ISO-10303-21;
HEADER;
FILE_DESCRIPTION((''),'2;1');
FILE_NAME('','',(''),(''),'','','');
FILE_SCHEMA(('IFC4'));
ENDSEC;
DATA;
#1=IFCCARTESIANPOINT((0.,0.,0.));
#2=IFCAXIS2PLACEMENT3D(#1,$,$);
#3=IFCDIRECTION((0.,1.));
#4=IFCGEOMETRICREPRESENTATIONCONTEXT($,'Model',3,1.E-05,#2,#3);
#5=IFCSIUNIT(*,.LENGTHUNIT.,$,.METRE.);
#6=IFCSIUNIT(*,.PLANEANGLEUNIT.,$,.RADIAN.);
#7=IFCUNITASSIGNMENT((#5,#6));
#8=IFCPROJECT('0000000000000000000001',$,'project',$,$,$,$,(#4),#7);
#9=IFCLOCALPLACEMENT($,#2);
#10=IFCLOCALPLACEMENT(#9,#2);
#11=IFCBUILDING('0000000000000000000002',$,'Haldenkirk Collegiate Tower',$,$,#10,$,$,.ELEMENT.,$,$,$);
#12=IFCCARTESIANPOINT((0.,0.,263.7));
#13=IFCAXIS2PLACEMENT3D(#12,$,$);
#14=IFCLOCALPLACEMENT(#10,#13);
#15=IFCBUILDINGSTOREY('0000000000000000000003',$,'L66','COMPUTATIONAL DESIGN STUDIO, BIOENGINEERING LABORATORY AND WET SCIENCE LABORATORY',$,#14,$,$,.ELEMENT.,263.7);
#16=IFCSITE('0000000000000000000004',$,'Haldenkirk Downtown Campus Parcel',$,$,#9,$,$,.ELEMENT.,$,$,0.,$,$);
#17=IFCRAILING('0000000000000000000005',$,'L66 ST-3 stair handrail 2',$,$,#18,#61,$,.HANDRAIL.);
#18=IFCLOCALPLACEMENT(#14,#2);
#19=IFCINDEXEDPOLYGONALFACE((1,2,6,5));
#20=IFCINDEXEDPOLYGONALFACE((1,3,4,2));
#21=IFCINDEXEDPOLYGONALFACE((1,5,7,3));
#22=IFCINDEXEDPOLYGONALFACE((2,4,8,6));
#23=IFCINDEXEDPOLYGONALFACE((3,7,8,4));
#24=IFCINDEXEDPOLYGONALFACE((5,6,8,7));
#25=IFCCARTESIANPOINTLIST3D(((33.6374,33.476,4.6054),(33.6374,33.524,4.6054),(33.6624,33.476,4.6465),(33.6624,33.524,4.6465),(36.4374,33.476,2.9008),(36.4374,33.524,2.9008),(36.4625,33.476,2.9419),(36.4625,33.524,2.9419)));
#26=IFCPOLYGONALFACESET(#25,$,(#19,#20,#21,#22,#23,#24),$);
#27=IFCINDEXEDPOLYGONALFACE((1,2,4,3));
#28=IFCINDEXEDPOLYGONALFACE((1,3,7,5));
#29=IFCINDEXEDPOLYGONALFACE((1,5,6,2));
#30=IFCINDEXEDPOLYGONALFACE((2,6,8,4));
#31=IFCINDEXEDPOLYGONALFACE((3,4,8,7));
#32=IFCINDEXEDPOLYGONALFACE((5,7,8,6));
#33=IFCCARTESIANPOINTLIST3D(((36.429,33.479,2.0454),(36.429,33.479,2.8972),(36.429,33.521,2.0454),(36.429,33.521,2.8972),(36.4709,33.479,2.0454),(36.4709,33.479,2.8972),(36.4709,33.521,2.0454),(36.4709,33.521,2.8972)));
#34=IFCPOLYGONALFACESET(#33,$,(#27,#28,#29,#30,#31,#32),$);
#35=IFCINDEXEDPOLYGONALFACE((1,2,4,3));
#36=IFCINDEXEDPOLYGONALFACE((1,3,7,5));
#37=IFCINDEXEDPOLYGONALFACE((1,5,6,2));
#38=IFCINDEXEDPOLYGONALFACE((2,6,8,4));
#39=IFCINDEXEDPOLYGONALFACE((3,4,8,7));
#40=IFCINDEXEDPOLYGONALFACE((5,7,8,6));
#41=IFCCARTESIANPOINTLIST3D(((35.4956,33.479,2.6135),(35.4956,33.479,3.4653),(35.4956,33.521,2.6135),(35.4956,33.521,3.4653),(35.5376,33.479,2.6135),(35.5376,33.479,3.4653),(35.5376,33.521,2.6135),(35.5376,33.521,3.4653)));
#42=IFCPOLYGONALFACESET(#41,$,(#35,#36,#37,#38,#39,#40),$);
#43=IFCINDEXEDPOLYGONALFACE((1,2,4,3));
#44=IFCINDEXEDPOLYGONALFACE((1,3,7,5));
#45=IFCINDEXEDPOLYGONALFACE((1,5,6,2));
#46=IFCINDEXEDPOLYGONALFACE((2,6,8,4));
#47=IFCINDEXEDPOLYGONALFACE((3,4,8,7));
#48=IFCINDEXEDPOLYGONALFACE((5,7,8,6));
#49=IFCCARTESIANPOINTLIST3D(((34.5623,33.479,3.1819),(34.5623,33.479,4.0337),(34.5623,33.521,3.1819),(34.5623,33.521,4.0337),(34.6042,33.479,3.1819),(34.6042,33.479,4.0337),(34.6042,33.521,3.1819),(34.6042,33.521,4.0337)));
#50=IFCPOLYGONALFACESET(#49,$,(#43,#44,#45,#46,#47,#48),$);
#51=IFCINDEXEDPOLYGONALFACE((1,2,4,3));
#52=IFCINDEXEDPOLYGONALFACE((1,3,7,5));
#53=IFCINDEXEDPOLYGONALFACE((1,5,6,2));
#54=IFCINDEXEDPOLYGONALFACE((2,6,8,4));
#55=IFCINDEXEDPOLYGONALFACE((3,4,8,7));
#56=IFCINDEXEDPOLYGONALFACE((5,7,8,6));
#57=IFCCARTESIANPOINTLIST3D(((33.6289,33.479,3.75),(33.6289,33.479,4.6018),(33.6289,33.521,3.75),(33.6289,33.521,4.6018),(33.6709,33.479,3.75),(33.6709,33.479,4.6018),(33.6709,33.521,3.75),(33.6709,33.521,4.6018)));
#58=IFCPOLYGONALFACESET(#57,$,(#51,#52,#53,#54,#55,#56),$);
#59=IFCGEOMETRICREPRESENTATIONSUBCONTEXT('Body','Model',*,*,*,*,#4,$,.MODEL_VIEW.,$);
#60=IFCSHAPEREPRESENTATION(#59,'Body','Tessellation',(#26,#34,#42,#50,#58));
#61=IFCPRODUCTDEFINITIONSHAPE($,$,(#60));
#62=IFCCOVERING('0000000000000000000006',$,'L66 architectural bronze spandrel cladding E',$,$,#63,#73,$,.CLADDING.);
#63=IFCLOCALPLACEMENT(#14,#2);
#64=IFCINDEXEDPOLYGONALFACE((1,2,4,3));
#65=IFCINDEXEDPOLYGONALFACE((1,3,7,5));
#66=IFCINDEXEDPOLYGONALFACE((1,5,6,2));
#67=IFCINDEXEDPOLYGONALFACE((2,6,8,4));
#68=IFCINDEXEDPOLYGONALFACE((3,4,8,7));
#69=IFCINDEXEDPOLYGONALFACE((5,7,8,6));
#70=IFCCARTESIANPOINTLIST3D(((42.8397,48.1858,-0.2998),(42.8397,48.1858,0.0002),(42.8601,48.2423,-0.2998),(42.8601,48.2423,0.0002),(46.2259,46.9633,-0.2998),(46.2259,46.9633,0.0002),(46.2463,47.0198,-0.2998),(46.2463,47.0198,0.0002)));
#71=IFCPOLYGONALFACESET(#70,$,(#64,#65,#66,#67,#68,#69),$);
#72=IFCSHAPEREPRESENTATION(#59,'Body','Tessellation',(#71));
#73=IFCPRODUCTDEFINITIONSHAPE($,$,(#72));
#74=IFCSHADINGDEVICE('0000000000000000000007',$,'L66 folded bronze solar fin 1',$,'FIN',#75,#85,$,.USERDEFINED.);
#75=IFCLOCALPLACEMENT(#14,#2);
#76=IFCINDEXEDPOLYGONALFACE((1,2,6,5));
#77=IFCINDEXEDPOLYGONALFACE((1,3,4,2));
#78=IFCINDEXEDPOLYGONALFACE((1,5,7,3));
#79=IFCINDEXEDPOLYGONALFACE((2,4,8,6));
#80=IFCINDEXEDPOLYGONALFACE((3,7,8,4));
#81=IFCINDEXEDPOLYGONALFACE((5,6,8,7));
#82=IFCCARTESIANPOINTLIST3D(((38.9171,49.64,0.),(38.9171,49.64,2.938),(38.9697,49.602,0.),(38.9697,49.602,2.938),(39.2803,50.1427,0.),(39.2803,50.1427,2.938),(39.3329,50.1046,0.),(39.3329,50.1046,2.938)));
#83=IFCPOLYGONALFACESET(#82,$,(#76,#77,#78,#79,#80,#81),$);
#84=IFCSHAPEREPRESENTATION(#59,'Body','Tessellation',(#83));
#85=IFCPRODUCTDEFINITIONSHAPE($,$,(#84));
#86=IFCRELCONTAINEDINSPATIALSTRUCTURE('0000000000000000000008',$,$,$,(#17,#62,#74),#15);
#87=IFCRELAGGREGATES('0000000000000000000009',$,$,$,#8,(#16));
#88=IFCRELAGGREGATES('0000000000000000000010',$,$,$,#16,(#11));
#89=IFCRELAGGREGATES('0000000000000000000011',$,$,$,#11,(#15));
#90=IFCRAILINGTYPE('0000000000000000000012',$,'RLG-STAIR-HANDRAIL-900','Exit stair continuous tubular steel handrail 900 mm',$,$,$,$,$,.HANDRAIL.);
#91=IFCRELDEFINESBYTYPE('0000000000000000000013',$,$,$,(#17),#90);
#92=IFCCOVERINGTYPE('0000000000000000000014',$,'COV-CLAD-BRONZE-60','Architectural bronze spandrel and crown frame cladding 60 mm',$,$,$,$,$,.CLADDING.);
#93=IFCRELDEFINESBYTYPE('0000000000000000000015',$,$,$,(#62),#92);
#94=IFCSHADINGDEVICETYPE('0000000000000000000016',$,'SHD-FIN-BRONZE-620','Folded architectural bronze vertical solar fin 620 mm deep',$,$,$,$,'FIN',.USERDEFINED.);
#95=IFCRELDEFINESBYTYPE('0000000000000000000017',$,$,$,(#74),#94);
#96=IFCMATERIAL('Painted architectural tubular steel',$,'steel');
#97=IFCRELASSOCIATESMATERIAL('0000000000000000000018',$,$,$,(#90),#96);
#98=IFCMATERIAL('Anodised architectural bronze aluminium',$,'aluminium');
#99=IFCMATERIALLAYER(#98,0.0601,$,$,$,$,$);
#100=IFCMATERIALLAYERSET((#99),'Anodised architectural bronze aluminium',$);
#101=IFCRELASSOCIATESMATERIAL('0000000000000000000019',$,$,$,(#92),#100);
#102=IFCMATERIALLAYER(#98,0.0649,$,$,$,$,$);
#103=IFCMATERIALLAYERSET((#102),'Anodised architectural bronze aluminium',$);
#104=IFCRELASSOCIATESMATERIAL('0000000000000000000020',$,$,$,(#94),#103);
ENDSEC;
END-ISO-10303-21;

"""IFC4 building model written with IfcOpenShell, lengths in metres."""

from ifc_helpers import new_model, si_unit, direction, frame, origin, origin_2d, place, context, subcontext, project, spatial, rectangle, extrude, source, transform, mapped, material, layer, layer_set, type_object, element, save


model = new_model("IFC4")

# Units and contexts
model_context = context("Model", 3, precision=1e-05, world=origin(), true_north=direction((0.0, 1.0)))
body_context = subcontext(model_context, "Body", "Model", "MODEL_VIEW")
ifc_project = project(units=[si_unit("LENGTHUNIT", "METRE"), si_unit("PLANEANGLEUNIT", "RADIAN")], contexts=[model_context])

# Site, building, storey
site_placement = place(None, origin())
site = spatial("IfcSite", under=ifc_project, at=site_placement, Name="Haldenkirk Downtown Campus Parcel", CompositionType="ELEMENT", RefElevation=0.0)
building_placement = place(site_placement, origin())
building = spatial("IfcBuilding", under=site, at=building_placement, Name="Haldenkirk Collegiate Tower", CompositionType="ELEMENT")
storey_placement = place(building_placement, frame((0.0, 0.0, 263.7)))
storey = spatial("IfcBuildingStorey", under=building, at=storey_placement, Name="L66", Description="COMPUTATIONAL DESIGN STUDIO, BIOENGINEERING LABORATORY AND WET SCIENCE LABORATORY", CompositionType="ELEMENT", Elevation=263.7)

# Shared definitions
ifc_material_1 = material(Name="Anodised architectural bronze aluminium", Category="aluminium")

# Railing
ifc_material_2 = material(Name="Painted architectural tubular steel", Category="steel")
railing_type = type_object("IfcRailingType", Name="RLG-STAIR-HANDRAIL-900", Description="Exit stair continuous tubular steel handrail 900 mm", PredefinedType="HANDRAIL", material=ifc_material_2)
railing_placement = place(storey_placement, frame((36.45, 33.5, 2.0454)))
element("IfcRailing", 1, at=railing_placement, inside=storey, type_object=railing_type, Name="L66 ST-3 stair handrail 2", PredefinedType="HANDRAIL", context=body_context, shape_type="SweptSolid", body=[
    extrude(rectangle(XDim=0.0481, YDim=0.0481, at=origin_2d()), frame((0.0, 0.0, 0.876), z_axis=(-0.85417, 0.0, 0.519994), x_axis=(0.0, -1.0, 0.0)), (0.0, 0.0, 1.0), 3.2781),
    extrude(rectangle(XDim=0.042, YDim=0.042, at=origin_2d()), origin(), (0.0, 0.0, 1.0), 0.8518),
    extrude(rectangle(XDim=0.042, YDim=0.042, at=origin_2d()), frame((-0.9333, 0.0, 0.5681)), (0.0, 0.0, 1.0), 0.8518),
    extrude(rectangle(XDim=0.042, YDim=0.042, at=origin_2d()), frame((-1.8667, 0.0, 1.1365)), (0.0, 0.0, 1.0), 0.8518),
    extrude(rectangle(XDim=0.042, YDim=0.042, at=origin_2d()), frame((-2.8, 0.0, 1.7046)), (0.0, 0.0, 1.0), 0.8518),
])

# Covering
ifc_layer_1 = layer(ifc_material_1, 0.0601)
ifc_layer_set_1 = layer_set([ifc_layer_1], Name="Anodised architectural bronze aluminium")
covering_type = type_object("IfcCoveringType", Name="COV-CLAD-BRONZE-60", Description="Architectural bronze spandrel and crown frame cladding 60 mm", PredefinedType="CLADDING", material=ifc_layer_set_1)
shared_shape_1 = source(origin(), body_context, "Body", "SweptSolid", [
    extrude(rectangle(XDim=3.6001, YDim=0.0601, at=origin_2d()), origin(), (0.0, 0.0, 1.0), 0.3),
])
covering_placement = place(storey_placement, frame((44.543, 47.6028, -0.2998), z_axis=(0.0, 0.0, 1.0), x_axis=(0.940585, -0.339559, 0.0)))
element("IfcCovering", 2, at=covering_placement, inside=storey, type_object=covering_type, Name="L66 architectural bronze spandrel cladding E", PredefinedType="CLADDING", context=body_context, shape_type="MappedRepresentation", body=[
    mapped(shared_shape_1, transform((0.0, 0.0, 0.0), x_axis=(1.0, 0.0, 0.0), y_axis=(0.0, 1.0, 0.0), z_axis=(0.0, 0.0, 1.0), scale=1.0)),
])

# Shading device
ifc_layer_2 = layer(ifc_material_1, 0.0649)
ifc_layer_set_2 = layer_set([ifc_layer_2], Name="Anodised architectural bronze aluminium")
shading_device_type = type_object("IfcShadingDeviceType", Name="SHD-FIN-BRONZE-620", Description="Folded architectural bronze vertical solar fin 620 mm deep", ElementType="FIN", PredefinedType="USERDEFINED", material=ifc_layer_set_2)
shared_shape_2 = source(origin(), body_context, "Body", "SweptSolid", [
    extrude(rectangle(XDim=0.6201, YDim=0.0649, at=origin_2d()), origin(), (0.0, 0.0, 1.0), 2.938),
])
shading_device_placement = place(storey_placement, frame((39.125, 49.8723, 0.0), z_axis=(0.0, 0.0, 1.0), x_axis=(0.585665, 0.810553, 0.0)))
element("IfcShadingDevice", 3, at=shading_device_placement, inside=storey, type_object=shading_device_type, Name="L66 folded bronze solar fin 1", ObjectType="FIN", PredefinedType="USERDEFINED", context=body_context, shape_type="MappedRepresentation", body=[
    mapped(shared_shape_2, transform((0.0, 0.0, 0.0), x_axis=(1.0, 0.0, 0.0), y_axis=(0.0, 1.0, 0.0), z_axis=(0.0, 0.0, 1.0), scale=1.0)),
])

save(model, "model.ifc")
